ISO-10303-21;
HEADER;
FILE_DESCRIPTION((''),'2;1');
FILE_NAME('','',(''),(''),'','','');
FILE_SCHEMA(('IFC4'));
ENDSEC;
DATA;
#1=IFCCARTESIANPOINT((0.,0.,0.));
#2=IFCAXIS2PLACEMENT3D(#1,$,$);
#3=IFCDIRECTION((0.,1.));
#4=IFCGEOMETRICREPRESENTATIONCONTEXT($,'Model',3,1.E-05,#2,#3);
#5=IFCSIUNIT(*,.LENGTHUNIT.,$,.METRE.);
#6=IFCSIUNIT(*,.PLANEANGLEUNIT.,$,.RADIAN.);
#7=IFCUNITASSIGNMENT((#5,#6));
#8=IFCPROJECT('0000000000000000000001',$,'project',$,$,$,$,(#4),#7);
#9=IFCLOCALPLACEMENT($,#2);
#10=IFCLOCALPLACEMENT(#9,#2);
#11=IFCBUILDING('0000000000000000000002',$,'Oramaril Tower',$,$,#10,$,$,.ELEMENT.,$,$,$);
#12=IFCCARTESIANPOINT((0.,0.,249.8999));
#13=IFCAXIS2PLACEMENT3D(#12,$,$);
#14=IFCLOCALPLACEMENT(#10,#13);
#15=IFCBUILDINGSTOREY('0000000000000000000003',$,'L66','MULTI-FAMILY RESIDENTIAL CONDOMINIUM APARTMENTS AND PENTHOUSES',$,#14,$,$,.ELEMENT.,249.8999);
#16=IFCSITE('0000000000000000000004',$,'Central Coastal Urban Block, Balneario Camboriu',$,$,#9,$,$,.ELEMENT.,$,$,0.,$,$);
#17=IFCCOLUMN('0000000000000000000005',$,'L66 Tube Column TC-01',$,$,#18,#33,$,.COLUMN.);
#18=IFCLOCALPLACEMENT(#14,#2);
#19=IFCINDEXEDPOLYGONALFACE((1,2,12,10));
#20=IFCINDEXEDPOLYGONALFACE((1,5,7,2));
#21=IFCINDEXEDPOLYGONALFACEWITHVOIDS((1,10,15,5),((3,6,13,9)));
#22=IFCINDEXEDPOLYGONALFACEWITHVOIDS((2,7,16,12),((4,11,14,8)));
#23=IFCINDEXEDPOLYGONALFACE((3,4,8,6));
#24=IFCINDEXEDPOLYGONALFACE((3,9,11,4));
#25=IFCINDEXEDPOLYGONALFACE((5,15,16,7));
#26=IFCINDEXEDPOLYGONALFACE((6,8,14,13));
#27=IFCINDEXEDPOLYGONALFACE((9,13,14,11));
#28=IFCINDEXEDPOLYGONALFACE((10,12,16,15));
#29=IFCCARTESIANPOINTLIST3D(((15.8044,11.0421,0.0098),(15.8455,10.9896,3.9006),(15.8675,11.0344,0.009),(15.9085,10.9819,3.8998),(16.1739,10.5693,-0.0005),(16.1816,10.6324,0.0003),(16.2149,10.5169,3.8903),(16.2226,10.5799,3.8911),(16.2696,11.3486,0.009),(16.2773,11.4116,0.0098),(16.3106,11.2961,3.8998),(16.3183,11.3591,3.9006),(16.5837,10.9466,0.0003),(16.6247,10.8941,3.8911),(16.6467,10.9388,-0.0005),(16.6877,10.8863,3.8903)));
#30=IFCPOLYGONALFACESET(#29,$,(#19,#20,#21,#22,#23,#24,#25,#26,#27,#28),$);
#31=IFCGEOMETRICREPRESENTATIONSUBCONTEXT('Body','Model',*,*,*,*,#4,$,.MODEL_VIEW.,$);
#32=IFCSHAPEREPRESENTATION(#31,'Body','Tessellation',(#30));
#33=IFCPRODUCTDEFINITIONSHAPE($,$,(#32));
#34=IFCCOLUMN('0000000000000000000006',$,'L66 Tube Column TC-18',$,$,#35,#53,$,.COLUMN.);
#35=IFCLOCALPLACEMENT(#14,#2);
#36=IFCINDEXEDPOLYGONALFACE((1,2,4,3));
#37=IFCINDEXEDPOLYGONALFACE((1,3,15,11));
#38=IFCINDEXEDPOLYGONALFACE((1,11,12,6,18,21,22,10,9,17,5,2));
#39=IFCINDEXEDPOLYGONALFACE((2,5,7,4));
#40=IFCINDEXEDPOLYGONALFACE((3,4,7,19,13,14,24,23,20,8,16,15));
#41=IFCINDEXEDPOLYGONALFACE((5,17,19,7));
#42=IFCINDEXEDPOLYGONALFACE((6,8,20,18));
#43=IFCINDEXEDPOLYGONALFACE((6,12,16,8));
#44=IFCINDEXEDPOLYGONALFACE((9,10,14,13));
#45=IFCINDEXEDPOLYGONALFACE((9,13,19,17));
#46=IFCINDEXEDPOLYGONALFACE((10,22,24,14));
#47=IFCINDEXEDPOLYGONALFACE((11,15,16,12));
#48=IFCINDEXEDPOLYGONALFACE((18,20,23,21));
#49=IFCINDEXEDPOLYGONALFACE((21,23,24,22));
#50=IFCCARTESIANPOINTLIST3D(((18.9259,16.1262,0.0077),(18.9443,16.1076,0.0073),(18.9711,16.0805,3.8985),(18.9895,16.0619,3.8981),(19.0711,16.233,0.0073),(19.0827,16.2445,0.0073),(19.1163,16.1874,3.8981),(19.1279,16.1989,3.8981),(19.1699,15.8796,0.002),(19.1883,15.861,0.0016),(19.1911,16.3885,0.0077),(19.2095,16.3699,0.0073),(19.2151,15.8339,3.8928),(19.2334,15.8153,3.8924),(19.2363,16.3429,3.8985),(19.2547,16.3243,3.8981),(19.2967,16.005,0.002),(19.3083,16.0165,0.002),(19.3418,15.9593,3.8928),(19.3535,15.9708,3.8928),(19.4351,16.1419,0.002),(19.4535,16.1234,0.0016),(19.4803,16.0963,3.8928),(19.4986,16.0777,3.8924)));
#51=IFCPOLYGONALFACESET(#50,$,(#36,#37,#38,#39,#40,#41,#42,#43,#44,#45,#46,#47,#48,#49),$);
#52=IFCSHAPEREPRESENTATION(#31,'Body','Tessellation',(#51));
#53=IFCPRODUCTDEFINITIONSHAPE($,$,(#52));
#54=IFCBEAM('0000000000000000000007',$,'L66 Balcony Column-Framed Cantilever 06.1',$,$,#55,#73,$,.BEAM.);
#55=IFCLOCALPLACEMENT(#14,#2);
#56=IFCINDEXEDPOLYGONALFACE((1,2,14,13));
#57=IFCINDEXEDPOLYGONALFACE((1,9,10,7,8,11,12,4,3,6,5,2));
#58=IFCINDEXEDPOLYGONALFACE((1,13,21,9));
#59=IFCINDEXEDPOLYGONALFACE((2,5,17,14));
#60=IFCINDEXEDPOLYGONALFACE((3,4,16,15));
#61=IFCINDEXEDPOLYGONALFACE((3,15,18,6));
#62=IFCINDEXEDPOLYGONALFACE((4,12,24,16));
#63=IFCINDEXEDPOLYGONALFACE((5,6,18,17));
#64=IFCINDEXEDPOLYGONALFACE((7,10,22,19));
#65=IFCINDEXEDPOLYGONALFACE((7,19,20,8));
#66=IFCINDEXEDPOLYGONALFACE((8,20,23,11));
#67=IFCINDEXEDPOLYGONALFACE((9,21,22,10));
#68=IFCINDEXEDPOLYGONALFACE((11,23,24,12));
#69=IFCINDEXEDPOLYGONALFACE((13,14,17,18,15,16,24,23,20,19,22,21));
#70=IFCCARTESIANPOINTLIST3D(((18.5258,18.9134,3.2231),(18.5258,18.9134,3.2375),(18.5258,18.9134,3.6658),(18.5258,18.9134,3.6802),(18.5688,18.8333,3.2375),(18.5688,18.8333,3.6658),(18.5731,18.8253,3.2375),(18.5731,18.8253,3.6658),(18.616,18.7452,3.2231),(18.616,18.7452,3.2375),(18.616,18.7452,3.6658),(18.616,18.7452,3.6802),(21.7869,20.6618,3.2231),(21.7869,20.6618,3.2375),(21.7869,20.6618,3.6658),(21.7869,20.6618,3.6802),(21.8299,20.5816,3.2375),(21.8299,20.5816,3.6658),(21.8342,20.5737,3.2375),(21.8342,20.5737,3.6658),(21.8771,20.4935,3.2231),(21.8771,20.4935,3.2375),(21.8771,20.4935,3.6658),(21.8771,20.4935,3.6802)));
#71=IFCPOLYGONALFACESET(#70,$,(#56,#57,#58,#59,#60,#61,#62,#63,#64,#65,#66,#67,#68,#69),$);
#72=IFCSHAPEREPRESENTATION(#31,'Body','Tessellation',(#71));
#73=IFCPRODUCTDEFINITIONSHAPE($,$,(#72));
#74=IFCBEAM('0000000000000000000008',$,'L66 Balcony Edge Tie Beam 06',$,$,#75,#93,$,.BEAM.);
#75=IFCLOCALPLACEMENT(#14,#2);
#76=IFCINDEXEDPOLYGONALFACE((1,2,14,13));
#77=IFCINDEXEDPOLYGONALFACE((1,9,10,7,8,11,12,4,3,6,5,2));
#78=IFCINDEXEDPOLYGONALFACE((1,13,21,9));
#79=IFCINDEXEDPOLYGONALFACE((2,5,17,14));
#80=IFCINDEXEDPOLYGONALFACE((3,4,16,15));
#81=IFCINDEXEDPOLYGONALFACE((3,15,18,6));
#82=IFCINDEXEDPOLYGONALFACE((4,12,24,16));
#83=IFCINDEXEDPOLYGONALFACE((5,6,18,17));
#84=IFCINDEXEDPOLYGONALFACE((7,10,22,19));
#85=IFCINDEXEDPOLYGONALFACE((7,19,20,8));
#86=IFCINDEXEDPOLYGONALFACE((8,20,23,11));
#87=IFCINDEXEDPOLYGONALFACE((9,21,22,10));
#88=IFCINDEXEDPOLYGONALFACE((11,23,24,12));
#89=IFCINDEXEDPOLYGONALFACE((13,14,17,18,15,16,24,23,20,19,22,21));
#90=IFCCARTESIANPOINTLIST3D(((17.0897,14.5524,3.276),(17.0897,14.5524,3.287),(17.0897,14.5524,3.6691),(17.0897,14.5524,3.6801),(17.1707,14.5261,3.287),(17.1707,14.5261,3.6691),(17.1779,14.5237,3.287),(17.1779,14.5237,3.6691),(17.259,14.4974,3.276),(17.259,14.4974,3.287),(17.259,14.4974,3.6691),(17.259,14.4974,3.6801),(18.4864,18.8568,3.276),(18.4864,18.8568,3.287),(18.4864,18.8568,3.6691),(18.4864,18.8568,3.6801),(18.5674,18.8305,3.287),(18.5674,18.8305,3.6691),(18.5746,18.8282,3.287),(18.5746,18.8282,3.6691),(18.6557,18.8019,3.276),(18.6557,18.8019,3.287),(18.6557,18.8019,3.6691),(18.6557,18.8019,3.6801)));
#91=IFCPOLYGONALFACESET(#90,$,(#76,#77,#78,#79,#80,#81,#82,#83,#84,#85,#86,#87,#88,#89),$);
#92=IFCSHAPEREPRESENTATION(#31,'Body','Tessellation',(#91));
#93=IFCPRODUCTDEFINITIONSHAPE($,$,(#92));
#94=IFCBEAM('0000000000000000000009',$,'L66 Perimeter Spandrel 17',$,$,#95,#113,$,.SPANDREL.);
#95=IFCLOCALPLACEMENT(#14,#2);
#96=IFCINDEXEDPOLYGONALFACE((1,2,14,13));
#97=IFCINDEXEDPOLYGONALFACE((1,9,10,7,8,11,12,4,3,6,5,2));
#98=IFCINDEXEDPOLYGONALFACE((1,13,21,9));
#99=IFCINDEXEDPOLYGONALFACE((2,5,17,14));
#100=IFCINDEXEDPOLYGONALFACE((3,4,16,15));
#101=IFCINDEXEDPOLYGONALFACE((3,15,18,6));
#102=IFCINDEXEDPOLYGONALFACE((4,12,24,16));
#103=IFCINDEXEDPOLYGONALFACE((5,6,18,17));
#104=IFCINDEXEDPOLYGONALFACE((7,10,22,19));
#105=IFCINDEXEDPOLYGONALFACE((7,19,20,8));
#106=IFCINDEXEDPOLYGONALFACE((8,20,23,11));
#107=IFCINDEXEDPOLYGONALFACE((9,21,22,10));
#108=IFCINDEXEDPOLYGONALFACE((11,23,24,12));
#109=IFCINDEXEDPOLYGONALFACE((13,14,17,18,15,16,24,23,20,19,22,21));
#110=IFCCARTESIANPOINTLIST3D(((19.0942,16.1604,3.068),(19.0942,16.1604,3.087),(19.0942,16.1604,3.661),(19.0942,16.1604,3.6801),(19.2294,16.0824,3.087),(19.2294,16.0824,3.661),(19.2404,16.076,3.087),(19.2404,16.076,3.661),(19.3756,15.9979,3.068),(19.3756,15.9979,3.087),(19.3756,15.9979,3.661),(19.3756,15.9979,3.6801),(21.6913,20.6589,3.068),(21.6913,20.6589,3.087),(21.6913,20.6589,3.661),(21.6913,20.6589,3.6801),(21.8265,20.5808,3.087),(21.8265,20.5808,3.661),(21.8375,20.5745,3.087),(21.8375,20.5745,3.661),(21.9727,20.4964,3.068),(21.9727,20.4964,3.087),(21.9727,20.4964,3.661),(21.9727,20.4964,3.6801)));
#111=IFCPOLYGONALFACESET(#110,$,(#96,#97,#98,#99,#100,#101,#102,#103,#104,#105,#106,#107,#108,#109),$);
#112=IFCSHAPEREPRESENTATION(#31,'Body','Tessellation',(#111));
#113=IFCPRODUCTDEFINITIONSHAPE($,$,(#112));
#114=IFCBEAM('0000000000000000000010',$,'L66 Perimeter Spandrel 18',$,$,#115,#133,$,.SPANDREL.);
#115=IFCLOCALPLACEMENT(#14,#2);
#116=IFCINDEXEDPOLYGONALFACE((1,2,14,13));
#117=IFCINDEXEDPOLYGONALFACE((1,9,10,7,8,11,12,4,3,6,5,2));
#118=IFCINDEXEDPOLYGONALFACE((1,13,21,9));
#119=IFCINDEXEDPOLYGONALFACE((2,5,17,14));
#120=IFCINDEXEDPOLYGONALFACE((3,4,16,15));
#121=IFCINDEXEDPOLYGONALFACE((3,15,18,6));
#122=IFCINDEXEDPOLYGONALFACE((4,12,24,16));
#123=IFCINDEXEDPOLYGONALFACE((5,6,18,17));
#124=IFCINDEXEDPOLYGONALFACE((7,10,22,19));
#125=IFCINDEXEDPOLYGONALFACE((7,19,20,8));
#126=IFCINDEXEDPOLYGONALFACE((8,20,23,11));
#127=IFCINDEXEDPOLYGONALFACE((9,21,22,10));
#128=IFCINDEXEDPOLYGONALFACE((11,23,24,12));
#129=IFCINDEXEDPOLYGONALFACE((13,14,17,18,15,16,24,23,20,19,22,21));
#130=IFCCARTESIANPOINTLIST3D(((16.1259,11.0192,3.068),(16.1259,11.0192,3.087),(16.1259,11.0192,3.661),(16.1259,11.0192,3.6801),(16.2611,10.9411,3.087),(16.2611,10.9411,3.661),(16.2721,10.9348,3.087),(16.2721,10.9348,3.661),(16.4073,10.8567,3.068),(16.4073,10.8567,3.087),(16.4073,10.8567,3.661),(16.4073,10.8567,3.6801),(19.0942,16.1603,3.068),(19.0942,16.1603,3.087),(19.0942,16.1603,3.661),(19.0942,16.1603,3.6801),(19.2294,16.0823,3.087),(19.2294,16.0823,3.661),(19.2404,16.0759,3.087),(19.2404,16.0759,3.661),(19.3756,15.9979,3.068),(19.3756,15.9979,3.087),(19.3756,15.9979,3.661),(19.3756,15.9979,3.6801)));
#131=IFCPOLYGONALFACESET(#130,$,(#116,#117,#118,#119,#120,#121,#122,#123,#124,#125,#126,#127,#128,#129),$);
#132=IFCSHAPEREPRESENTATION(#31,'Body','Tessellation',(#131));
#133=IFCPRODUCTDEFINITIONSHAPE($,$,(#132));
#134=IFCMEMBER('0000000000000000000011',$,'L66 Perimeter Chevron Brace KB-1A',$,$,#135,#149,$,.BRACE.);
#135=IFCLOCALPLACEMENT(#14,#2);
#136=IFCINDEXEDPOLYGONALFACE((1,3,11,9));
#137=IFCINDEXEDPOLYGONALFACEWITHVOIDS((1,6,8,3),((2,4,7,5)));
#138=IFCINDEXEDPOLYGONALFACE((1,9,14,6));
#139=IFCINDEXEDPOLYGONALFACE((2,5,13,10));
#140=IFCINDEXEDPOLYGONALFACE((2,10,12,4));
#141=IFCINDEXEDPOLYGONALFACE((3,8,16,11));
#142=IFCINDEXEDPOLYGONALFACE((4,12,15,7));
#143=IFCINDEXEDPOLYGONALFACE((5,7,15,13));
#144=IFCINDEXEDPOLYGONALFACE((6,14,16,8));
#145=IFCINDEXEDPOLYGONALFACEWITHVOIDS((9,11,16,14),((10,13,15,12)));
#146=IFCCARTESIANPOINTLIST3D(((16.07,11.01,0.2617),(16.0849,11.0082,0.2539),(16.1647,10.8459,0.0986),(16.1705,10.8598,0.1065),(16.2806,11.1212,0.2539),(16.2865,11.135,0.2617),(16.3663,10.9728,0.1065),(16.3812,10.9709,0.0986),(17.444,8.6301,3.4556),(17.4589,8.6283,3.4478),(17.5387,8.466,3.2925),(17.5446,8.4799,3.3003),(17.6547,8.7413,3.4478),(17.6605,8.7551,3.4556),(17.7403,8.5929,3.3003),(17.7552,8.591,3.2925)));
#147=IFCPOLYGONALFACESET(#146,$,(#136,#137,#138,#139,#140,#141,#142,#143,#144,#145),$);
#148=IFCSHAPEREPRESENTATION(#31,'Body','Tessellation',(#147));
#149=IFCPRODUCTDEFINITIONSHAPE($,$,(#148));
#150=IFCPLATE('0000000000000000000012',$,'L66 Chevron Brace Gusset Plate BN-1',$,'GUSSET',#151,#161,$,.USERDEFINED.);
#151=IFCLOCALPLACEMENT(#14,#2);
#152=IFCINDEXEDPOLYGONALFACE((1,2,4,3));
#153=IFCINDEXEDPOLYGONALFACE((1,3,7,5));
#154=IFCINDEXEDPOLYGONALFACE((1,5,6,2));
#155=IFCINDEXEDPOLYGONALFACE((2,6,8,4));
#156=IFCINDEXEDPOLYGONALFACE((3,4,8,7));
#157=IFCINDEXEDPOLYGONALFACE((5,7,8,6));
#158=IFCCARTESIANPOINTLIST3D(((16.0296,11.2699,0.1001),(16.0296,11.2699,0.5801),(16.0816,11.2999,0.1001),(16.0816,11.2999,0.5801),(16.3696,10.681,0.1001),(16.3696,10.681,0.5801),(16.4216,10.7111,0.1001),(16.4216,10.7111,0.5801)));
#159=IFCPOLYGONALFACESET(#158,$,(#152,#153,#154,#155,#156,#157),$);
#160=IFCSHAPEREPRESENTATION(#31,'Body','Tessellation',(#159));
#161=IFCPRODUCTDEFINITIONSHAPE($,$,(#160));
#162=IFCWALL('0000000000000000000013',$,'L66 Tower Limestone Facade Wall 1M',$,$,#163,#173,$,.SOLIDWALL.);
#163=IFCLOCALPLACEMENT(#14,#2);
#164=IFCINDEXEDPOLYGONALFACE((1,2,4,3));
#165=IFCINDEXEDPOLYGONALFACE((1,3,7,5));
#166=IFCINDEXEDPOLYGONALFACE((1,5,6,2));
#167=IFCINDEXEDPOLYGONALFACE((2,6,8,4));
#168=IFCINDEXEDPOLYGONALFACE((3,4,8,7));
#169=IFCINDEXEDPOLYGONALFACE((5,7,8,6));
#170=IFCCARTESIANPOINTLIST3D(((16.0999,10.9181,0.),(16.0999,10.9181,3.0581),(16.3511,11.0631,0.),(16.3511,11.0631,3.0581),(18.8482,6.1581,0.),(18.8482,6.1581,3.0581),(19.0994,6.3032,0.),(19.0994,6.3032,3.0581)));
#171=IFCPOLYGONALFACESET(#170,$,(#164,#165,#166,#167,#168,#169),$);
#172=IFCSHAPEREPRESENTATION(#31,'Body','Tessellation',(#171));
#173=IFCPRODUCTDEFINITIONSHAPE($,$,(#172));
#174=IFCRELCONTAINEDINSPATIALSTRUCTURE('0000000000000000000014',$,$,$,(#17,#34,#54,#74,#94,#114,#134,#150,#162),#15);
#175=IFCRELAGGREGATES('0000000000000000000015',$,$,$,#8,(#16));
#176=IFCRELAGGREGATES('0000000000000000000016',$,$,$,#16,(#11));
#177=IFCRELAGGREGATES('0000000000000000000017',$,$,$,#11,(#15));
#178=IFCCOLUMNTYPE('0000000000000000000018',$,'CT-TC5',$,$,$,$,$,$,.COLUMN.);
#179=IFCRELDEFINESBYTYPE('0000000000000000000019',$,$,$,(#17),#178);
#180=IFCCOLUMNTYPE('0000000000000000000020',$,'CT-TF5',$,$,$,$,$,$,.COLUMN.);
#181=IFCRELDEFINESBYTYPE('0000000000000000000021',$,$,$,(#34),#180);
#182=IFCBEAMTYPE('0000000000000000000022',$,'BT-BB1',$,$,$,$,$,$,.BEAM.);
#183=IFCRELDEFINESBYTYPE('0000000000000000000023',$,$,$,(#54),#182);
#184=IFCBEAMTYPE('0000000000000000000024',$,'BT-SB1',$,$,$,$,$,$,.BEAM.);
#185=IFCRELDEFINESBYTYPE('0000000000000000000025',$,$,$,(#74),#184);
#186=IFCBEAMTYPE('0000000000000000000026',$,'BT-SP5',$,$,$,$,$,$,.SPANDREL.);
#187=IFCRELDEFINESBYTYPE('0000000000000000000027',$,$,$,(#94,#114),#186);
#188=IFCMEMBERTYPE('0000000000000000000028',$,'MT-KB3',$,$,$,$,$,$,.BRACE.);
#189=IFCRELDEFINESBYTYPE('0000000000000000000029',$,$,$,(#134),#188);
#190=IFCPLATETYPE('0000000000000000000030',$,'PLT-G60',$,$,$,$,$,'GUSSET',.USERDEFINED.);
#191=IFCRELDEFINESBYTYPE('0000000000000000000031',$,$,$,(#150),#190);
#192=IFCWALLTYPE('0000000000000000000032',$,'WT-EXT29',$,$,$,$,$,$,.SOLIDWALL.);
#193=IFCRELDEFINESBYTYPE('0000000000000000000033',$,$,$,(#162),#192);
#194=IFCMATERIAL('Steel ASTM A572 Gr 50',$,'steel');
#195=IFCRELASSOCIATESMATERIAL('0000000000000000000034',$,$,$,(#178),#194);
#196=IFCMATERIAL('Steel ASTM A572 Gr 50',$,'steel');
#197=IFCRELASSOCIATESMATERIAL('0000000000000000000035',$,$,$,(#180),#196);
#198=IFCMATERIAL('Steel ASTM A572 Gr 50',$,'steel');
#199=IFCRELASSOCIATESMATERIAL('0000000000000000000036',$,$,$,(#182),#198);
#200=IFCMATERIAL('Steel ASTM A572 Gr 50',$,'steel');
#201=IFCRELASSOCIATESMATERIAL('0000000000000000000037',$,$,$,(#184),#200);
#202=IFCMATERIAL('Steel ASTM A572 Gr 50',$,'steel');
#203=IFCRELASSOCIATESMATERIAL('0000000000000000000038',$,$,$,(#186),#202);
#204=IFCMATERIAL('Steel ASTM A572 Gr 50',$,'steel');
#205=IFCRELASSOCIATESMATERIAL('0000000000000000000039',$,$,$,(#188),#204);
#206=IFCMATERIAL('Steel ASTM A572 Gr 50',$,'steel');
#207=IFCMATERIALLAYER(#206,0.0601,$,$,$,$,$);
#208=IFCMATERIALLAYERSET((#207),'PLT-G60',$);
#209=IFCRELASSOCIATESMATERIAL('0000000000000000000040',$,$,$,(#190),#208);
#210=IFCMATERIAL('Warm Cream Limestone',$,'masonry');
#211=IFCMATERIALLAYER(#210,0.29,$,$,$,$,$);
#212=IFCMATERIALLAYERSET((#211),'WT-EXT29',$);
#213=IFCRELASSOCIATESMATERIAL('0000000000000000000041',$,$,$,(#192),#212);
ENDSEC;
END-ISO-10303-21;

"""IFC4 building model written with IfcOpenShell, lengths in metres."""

from ifc_helpers import new_model, si_unit, direction, frame, frame_2d, origin, origin_2d, place, context, subcontext, project, spatial, rectangle, hollow_rectangle, i_section, extrude, material, layer, layer_set, material_profile, profile_set, type_object, element, save


model = new_model("IFC4")

# Units and contexts
model_context = context("Model", 3, precision=1e-05, world=origin(), true_north=direction((0.0, 1.0)))
body_context = subcontext(model_context, "Body", "Model", "MODEL_VIEW")
ifc_project = project(units=[si_unit("LENGTHUNIT", "METRE"), si_unit("PLANEANGLEUNIT", "RADIAN")], contexts=[model_context])

# Site, building, storey
site_placement = place(None, origin())
site = spatial("IfcSite", under=ifc_project, at=site_placement, Name="Central Coastal Urban Block, Balneario Camboriu", CompositionType="ELEMENT", RefElevation=0.0)
building_placement = place(site_placement, origin())
building = spatial("IfcBuilding", under=site, at=building_placement, Name="Oramaril Tower", CompositionType="ELEMENT")
storey_placement = place(building_placement, frame((0.0, 0.0, 249.8999)))
storey = spatial("IfcBuildingStorey", under=building, at=storey_placement, Name="L66", Description="MULTI-FAMILY RESIDENTIAL CONDOMINIUM APARTMENTS AND PENTHOUSES", CompositionType="ELEMENT", Elevation=249.8999)

# Columns
ifc_material_1 = material(Name="Steel ASTM A572 Gr 50", Category="steel")
ifc_material_profile_1 = material_profile(ifc_material_1, hollow_rectangle(XDim=0.6001, YDim=0.6001, WallThickness=0.0449, at=origin_2d()), Name="BOX600X600X45")
ifc_profile_set_1 = profile_set([ifc_material_profile_1], Name="Steel ASTM A572 Gr 50")
column_type_1 = type_object("IfcColumnType", Name="CT-TC5", PredefinedType="COLUMN", material=ifc_profile_set_1)
column_1_placement = place(storey_placement, frame((16.2256, 10.9905, 0.0046), z_axis=(0.01054, -0.013489, 0.999853), x_axis=(0.787969, 0.615715, 0.0)))
element("IfcColumn", 1, at=column_1_placement, inside=storey, type_object=column_type_1, Name="L66 Tube Column TC-01", PredefinedType="COLUMN", context=body_context, shape_type="SweptSolid", body=[
    extrude(hollow_rectangle(XDim=0.6001, YDim=0.6001, WallThickness=0.0449, at=origin_2d()), origin(), (0.0, 0.0, 1.0), 3.8914),
])
ifc_material_2 = material(Name="Steel ASTM A572 Gr 50", Category="steel")
ifc_material_profile_2 = material_profile(ifc_material_2, i_section(OverallWidth=0.373, OverallDepth=0.373, WebThickness=0.0164, FlangeThickness=0.0261, at=origin_2d()), Name="W14X132")
ifc_profile_set_2 = profile_set([ifc_material_profile_2], Name="Steel ASTM A572 Gr 50")
column_type_2 = type_object("IfcColumnType", Name="CT-TF5", PredefinedType="COLUMN", material=ifc_profile_set_2)
column_2_placement = place(storey_placement, frame((19.1897, 16.1248, 0.0046), z_axis=(0.011607, -0.011732, 0.999864), x_axis=(0.710898, 0.703295, 0.0)))
element("IfcColumn", 2, at=column_2_placement, inside=storey, type_object=column_type_2, Name="L66 Tube Column TC-18", PredefinedType="COLUMN", context=body_context, shape_type="SweptSolid", body=[
    extrude(i_section(OverallWidth=0.373, OverallDepth=0.373, WebThickness=0.0164, FlangeThickness=0.0261, at=origin_2d()), origin(), (0.0, 0.0, 1.0), 3.8914),
])

# Beams
ifc_material_3 = material(Name="Steel ASTM A572 Gr 50", Category="steel")
ifc_material_profile_3 = material_profile(ifc_material_3, i_section(OverallWidth=0.1909, OverallDepth=0.457, WebThickness=0.009, FlangeThickness=0.0144, at=origin_2d()), Name="W18X50")
ifc_profile_set_3 = profile_set([ifc_material_profile_3], Name="Steel ASTM A572 Gr 50")
beam_type_1 = type_object("IfcBeamType", Name="BT-BB1", PredefinedType="BEAM", material=ifc_profile_set_3)
beam_1_placement = place(storey_placement, frame((21.832, 20.5776, 3.4517), z_axis=(-0.88133, -0.472502, 0.0), x_axis=(0.472502, -0.88133, 0.0)))
element("IfcBeam", 3, at=beam_1_placement, inside=storey, type_object=beam_type_1, Name="L66 Balcony Column-Framed Cantilever 06.1", PredefinedType="BEAM", context=body_context, shape_type="SweptSolid", body=[
    extrude(i_section(OverallWidth=0.1909, OverallDepth=0.457, WebThickness=0.009, FlangeThickness=0.0144, at=origin_2d()), origin(), (0.0, 0.0, 1.0), 3.7002),
])
ifc_material_4 = material(Name="Steel ASTM A572 Gr 50", Category="steel")
ifc_material_profile_4 = material_profile(ifc_material_4, i_section(OverallWidth=0.178, OverallDepth=0.4041, WebThickness=0.0076, FlangeThickness=0.011, at=origin_2d()), Name="W16X36")
ifc_profile_set_4 = profile_set([ifc_material_profile_4], Name="Steel ASTM A572 Gr 50")
beam_type_2 = type_object("IfcBeamType", Name="BT-SB1", PredefinedType="BEAM", material=ifc_profile_set_4)
beam_2_placement = place(storey_placement, frame((18.571, 18.8293, 3.478), z_axis=(-0.308643, -0.951178, 0.0), x_axis=(0.951178, -0.308643, 0.0)))
element("IfcBeam", 4, at=beam_2_placement, inside=storey, type_object=beam_type_2, Name="L66 Balcony Edge Tie Beam 06", PredefinedType="BEAM", context=body_context, shape_type="SweptSolid", body=[
    extrude(i_section(OverallWidth=0.178, OverallDepth=0.4041, WebThickness=0.0076, FlangeThickness=0.011, at=origin_2d()), origin(), (0.0, 0.0, 1.0), 4.5254),
])
ifc_material_5 = material(Name="Steel ASTM A572 Gr 50", Category="steel")
ifc_material_profile_5 = material_profile(ifc_material_5, i_section(OverallWidth=0.325, OverallDepth=0.6121, WebThickness=0.0127, FlangeThickness=0.019, at=origin_2d()), Name="W24X104")
ifc_profile_set_5 = profile_set([ifc_material_profile_5], Name="Steel ASTM A572 Gr 50")
beam_type_3 = type_object("IfcBeamType", Name="BT-SP5", PredefinedType="SPANDREL", material=ifc_profile_set_5)
beam_3_placement = place(storey_placement, frame((21.832, 20.5776, 3.374), z_axis=(-0.499991, -0.866031, 0.0), x_axis=(0.866031, -0.499991, 0.0)))
element("IfcBeam", 5, at=beam_3_placement, inside=storey, type_object=beam_type_3, Name="L66 Perimeter Spandrel 17", PredefinedType="SPANDREL", context=body_context, shape_type="SweptSolid", body=[
    extrude(i_section(OverallWidth=0.325, OverallDepth=0.6121, WebThickness=0.0127, FlangeThickness=0.019, at=origin_2d()), origin(), (0.0, 0.0, 1.0), 5.1943),
])
beam_4_placement = place(storey_placement, frame((19.2349, 16.0791, 3.374), z_axis=(-0.500005, -0.866023, 0.0), x_axis=(0.866023, -0.500005, 0.0)))
element("IfcBeam", 6, at=beam_4_placement, inside=storey, type_object=beam_type_3, Name="L66 Perimeter Spandrel 18", PredefinedType="SPANDREL", context=body_context, shape_type="SweptSolid", body=[
    extrude(i_section(OverallWidth=0.325, OverallDepth=0.6121, WebThickness=0.0127, FlangeThickness=0.019, at=origin_2d()), origin(), (0.0, 0.0, 1.0), 5.9365),
])

# Member
ifc_material_6 = material(Name="Steel ASTM A572 Gr 50", Category="steel")
ifc_material_profile_6 = material_profile(ifc_material_6, hollow_rectangle(XDim=0.25, YDim=0.25, WallThickness=0.012, at=origin_2d()), Name="HSS250X250X12")
ifc_profile_set_6 = profile_set([ifc_material_profile_6], Name="Steel ASTM A572 Gr 50")
member_type = type_object("IfcMemberType", Name="MT-KB3", PredefinedType="BRACE", material=ifc_profile_set_6)
member_placement = place(storey_placement, frame((16.2256, 10.9905, 0.1802), z_axis=(0.326111, -0.564841, 0.758028), x_axis=(0.866026, 0.499999, 0.0)))
element("IfcMember", 7, at=member_placement, inside=storey, type_object=member_type, Name="L66 Perimeter Chevron Brace KB-1A", PredefinedType="BRACE", context=body_context, shape_type="SweptSolid", body=[
    extrude(hollow_rectangle(XDim=0.25, YDim=0.25, WallThickness=0.012, at=origin_2d()), origin(), (0.0, 0.0, 1.0), 4.2134),
])

# Plate
ifc_material_7 = material(Name="Steel ASTM A572 Gr 50", Category="steel")
ifc_layer_1 = layer(ifc_material_7, 0.0601)
ifc_layer_set_1 = layer_set([ifc_layer_1], Name="PLT-G60")
plate_type = type_object("IfcPlateType", Name="PLT-G60", ElementType="GUSSET", PredefinedType="USERDEFINED", material=ifc_layer_set_1)
plate_placement = place(storey_placement, frame((16.2256, 10.9905, 0.1001), z_axis=(0.0, 0.0, 1.0), x_axis=(0.500002, -0.866025, 0.0)))
element("IfcPlate", 8, at=plate_placement, inside=storey, type_object=plate_type, Name="L66 Chevron Brace Gusset Plate BN-1", ObjectType="GUSSET", PredefinedType="USERDEFINED", context=body_context, shape_type="SweptSolid", body=[
    extrude(rectangle(XDim=0.6799, YDim=0.0601, at=origin_2d()), origin(), (0.0, 0.0, 1.0), 0.48),
])

# Wall
ifc_material_8 = material(Name="Warm Cream Limestone", Category="masonry")
ifc_layer_2 = layer(ifc_material_8, 0.29)
ifc_layer_set_2 = layer_set([ifc_layer_2], Name="WT-EXT29")
wall_type_1 = type_object("IfcWallType", Name="WT-EXT29", PredefinedType="SOLIDWALL", material=ifc_layer_set_2)
wall_1_placement = place(storey_placement, frame((16.2256, 10.9905, 0.0), z_axis=(0.0, 0.0, 1.0), x_axis=(0.500013, -0.866018, 0.0)))
element("IfcWall", 9, at=wall_1_placement, inside=storey, type_object=wall_type_1, Name="L66 Tower Limestone Facade Wall 1M", PredefinedType="SOLIDWALL", context=body_context, shape_type="SweptSolid", body=[
    extrude(rectangle(XDim=5.4963, YDim=0.29, at=frame_2d((2.748, 0.0))), origin(), (0.0, 0.0, 1.0), 3.0581),
])

save(model, "model.ifc")
